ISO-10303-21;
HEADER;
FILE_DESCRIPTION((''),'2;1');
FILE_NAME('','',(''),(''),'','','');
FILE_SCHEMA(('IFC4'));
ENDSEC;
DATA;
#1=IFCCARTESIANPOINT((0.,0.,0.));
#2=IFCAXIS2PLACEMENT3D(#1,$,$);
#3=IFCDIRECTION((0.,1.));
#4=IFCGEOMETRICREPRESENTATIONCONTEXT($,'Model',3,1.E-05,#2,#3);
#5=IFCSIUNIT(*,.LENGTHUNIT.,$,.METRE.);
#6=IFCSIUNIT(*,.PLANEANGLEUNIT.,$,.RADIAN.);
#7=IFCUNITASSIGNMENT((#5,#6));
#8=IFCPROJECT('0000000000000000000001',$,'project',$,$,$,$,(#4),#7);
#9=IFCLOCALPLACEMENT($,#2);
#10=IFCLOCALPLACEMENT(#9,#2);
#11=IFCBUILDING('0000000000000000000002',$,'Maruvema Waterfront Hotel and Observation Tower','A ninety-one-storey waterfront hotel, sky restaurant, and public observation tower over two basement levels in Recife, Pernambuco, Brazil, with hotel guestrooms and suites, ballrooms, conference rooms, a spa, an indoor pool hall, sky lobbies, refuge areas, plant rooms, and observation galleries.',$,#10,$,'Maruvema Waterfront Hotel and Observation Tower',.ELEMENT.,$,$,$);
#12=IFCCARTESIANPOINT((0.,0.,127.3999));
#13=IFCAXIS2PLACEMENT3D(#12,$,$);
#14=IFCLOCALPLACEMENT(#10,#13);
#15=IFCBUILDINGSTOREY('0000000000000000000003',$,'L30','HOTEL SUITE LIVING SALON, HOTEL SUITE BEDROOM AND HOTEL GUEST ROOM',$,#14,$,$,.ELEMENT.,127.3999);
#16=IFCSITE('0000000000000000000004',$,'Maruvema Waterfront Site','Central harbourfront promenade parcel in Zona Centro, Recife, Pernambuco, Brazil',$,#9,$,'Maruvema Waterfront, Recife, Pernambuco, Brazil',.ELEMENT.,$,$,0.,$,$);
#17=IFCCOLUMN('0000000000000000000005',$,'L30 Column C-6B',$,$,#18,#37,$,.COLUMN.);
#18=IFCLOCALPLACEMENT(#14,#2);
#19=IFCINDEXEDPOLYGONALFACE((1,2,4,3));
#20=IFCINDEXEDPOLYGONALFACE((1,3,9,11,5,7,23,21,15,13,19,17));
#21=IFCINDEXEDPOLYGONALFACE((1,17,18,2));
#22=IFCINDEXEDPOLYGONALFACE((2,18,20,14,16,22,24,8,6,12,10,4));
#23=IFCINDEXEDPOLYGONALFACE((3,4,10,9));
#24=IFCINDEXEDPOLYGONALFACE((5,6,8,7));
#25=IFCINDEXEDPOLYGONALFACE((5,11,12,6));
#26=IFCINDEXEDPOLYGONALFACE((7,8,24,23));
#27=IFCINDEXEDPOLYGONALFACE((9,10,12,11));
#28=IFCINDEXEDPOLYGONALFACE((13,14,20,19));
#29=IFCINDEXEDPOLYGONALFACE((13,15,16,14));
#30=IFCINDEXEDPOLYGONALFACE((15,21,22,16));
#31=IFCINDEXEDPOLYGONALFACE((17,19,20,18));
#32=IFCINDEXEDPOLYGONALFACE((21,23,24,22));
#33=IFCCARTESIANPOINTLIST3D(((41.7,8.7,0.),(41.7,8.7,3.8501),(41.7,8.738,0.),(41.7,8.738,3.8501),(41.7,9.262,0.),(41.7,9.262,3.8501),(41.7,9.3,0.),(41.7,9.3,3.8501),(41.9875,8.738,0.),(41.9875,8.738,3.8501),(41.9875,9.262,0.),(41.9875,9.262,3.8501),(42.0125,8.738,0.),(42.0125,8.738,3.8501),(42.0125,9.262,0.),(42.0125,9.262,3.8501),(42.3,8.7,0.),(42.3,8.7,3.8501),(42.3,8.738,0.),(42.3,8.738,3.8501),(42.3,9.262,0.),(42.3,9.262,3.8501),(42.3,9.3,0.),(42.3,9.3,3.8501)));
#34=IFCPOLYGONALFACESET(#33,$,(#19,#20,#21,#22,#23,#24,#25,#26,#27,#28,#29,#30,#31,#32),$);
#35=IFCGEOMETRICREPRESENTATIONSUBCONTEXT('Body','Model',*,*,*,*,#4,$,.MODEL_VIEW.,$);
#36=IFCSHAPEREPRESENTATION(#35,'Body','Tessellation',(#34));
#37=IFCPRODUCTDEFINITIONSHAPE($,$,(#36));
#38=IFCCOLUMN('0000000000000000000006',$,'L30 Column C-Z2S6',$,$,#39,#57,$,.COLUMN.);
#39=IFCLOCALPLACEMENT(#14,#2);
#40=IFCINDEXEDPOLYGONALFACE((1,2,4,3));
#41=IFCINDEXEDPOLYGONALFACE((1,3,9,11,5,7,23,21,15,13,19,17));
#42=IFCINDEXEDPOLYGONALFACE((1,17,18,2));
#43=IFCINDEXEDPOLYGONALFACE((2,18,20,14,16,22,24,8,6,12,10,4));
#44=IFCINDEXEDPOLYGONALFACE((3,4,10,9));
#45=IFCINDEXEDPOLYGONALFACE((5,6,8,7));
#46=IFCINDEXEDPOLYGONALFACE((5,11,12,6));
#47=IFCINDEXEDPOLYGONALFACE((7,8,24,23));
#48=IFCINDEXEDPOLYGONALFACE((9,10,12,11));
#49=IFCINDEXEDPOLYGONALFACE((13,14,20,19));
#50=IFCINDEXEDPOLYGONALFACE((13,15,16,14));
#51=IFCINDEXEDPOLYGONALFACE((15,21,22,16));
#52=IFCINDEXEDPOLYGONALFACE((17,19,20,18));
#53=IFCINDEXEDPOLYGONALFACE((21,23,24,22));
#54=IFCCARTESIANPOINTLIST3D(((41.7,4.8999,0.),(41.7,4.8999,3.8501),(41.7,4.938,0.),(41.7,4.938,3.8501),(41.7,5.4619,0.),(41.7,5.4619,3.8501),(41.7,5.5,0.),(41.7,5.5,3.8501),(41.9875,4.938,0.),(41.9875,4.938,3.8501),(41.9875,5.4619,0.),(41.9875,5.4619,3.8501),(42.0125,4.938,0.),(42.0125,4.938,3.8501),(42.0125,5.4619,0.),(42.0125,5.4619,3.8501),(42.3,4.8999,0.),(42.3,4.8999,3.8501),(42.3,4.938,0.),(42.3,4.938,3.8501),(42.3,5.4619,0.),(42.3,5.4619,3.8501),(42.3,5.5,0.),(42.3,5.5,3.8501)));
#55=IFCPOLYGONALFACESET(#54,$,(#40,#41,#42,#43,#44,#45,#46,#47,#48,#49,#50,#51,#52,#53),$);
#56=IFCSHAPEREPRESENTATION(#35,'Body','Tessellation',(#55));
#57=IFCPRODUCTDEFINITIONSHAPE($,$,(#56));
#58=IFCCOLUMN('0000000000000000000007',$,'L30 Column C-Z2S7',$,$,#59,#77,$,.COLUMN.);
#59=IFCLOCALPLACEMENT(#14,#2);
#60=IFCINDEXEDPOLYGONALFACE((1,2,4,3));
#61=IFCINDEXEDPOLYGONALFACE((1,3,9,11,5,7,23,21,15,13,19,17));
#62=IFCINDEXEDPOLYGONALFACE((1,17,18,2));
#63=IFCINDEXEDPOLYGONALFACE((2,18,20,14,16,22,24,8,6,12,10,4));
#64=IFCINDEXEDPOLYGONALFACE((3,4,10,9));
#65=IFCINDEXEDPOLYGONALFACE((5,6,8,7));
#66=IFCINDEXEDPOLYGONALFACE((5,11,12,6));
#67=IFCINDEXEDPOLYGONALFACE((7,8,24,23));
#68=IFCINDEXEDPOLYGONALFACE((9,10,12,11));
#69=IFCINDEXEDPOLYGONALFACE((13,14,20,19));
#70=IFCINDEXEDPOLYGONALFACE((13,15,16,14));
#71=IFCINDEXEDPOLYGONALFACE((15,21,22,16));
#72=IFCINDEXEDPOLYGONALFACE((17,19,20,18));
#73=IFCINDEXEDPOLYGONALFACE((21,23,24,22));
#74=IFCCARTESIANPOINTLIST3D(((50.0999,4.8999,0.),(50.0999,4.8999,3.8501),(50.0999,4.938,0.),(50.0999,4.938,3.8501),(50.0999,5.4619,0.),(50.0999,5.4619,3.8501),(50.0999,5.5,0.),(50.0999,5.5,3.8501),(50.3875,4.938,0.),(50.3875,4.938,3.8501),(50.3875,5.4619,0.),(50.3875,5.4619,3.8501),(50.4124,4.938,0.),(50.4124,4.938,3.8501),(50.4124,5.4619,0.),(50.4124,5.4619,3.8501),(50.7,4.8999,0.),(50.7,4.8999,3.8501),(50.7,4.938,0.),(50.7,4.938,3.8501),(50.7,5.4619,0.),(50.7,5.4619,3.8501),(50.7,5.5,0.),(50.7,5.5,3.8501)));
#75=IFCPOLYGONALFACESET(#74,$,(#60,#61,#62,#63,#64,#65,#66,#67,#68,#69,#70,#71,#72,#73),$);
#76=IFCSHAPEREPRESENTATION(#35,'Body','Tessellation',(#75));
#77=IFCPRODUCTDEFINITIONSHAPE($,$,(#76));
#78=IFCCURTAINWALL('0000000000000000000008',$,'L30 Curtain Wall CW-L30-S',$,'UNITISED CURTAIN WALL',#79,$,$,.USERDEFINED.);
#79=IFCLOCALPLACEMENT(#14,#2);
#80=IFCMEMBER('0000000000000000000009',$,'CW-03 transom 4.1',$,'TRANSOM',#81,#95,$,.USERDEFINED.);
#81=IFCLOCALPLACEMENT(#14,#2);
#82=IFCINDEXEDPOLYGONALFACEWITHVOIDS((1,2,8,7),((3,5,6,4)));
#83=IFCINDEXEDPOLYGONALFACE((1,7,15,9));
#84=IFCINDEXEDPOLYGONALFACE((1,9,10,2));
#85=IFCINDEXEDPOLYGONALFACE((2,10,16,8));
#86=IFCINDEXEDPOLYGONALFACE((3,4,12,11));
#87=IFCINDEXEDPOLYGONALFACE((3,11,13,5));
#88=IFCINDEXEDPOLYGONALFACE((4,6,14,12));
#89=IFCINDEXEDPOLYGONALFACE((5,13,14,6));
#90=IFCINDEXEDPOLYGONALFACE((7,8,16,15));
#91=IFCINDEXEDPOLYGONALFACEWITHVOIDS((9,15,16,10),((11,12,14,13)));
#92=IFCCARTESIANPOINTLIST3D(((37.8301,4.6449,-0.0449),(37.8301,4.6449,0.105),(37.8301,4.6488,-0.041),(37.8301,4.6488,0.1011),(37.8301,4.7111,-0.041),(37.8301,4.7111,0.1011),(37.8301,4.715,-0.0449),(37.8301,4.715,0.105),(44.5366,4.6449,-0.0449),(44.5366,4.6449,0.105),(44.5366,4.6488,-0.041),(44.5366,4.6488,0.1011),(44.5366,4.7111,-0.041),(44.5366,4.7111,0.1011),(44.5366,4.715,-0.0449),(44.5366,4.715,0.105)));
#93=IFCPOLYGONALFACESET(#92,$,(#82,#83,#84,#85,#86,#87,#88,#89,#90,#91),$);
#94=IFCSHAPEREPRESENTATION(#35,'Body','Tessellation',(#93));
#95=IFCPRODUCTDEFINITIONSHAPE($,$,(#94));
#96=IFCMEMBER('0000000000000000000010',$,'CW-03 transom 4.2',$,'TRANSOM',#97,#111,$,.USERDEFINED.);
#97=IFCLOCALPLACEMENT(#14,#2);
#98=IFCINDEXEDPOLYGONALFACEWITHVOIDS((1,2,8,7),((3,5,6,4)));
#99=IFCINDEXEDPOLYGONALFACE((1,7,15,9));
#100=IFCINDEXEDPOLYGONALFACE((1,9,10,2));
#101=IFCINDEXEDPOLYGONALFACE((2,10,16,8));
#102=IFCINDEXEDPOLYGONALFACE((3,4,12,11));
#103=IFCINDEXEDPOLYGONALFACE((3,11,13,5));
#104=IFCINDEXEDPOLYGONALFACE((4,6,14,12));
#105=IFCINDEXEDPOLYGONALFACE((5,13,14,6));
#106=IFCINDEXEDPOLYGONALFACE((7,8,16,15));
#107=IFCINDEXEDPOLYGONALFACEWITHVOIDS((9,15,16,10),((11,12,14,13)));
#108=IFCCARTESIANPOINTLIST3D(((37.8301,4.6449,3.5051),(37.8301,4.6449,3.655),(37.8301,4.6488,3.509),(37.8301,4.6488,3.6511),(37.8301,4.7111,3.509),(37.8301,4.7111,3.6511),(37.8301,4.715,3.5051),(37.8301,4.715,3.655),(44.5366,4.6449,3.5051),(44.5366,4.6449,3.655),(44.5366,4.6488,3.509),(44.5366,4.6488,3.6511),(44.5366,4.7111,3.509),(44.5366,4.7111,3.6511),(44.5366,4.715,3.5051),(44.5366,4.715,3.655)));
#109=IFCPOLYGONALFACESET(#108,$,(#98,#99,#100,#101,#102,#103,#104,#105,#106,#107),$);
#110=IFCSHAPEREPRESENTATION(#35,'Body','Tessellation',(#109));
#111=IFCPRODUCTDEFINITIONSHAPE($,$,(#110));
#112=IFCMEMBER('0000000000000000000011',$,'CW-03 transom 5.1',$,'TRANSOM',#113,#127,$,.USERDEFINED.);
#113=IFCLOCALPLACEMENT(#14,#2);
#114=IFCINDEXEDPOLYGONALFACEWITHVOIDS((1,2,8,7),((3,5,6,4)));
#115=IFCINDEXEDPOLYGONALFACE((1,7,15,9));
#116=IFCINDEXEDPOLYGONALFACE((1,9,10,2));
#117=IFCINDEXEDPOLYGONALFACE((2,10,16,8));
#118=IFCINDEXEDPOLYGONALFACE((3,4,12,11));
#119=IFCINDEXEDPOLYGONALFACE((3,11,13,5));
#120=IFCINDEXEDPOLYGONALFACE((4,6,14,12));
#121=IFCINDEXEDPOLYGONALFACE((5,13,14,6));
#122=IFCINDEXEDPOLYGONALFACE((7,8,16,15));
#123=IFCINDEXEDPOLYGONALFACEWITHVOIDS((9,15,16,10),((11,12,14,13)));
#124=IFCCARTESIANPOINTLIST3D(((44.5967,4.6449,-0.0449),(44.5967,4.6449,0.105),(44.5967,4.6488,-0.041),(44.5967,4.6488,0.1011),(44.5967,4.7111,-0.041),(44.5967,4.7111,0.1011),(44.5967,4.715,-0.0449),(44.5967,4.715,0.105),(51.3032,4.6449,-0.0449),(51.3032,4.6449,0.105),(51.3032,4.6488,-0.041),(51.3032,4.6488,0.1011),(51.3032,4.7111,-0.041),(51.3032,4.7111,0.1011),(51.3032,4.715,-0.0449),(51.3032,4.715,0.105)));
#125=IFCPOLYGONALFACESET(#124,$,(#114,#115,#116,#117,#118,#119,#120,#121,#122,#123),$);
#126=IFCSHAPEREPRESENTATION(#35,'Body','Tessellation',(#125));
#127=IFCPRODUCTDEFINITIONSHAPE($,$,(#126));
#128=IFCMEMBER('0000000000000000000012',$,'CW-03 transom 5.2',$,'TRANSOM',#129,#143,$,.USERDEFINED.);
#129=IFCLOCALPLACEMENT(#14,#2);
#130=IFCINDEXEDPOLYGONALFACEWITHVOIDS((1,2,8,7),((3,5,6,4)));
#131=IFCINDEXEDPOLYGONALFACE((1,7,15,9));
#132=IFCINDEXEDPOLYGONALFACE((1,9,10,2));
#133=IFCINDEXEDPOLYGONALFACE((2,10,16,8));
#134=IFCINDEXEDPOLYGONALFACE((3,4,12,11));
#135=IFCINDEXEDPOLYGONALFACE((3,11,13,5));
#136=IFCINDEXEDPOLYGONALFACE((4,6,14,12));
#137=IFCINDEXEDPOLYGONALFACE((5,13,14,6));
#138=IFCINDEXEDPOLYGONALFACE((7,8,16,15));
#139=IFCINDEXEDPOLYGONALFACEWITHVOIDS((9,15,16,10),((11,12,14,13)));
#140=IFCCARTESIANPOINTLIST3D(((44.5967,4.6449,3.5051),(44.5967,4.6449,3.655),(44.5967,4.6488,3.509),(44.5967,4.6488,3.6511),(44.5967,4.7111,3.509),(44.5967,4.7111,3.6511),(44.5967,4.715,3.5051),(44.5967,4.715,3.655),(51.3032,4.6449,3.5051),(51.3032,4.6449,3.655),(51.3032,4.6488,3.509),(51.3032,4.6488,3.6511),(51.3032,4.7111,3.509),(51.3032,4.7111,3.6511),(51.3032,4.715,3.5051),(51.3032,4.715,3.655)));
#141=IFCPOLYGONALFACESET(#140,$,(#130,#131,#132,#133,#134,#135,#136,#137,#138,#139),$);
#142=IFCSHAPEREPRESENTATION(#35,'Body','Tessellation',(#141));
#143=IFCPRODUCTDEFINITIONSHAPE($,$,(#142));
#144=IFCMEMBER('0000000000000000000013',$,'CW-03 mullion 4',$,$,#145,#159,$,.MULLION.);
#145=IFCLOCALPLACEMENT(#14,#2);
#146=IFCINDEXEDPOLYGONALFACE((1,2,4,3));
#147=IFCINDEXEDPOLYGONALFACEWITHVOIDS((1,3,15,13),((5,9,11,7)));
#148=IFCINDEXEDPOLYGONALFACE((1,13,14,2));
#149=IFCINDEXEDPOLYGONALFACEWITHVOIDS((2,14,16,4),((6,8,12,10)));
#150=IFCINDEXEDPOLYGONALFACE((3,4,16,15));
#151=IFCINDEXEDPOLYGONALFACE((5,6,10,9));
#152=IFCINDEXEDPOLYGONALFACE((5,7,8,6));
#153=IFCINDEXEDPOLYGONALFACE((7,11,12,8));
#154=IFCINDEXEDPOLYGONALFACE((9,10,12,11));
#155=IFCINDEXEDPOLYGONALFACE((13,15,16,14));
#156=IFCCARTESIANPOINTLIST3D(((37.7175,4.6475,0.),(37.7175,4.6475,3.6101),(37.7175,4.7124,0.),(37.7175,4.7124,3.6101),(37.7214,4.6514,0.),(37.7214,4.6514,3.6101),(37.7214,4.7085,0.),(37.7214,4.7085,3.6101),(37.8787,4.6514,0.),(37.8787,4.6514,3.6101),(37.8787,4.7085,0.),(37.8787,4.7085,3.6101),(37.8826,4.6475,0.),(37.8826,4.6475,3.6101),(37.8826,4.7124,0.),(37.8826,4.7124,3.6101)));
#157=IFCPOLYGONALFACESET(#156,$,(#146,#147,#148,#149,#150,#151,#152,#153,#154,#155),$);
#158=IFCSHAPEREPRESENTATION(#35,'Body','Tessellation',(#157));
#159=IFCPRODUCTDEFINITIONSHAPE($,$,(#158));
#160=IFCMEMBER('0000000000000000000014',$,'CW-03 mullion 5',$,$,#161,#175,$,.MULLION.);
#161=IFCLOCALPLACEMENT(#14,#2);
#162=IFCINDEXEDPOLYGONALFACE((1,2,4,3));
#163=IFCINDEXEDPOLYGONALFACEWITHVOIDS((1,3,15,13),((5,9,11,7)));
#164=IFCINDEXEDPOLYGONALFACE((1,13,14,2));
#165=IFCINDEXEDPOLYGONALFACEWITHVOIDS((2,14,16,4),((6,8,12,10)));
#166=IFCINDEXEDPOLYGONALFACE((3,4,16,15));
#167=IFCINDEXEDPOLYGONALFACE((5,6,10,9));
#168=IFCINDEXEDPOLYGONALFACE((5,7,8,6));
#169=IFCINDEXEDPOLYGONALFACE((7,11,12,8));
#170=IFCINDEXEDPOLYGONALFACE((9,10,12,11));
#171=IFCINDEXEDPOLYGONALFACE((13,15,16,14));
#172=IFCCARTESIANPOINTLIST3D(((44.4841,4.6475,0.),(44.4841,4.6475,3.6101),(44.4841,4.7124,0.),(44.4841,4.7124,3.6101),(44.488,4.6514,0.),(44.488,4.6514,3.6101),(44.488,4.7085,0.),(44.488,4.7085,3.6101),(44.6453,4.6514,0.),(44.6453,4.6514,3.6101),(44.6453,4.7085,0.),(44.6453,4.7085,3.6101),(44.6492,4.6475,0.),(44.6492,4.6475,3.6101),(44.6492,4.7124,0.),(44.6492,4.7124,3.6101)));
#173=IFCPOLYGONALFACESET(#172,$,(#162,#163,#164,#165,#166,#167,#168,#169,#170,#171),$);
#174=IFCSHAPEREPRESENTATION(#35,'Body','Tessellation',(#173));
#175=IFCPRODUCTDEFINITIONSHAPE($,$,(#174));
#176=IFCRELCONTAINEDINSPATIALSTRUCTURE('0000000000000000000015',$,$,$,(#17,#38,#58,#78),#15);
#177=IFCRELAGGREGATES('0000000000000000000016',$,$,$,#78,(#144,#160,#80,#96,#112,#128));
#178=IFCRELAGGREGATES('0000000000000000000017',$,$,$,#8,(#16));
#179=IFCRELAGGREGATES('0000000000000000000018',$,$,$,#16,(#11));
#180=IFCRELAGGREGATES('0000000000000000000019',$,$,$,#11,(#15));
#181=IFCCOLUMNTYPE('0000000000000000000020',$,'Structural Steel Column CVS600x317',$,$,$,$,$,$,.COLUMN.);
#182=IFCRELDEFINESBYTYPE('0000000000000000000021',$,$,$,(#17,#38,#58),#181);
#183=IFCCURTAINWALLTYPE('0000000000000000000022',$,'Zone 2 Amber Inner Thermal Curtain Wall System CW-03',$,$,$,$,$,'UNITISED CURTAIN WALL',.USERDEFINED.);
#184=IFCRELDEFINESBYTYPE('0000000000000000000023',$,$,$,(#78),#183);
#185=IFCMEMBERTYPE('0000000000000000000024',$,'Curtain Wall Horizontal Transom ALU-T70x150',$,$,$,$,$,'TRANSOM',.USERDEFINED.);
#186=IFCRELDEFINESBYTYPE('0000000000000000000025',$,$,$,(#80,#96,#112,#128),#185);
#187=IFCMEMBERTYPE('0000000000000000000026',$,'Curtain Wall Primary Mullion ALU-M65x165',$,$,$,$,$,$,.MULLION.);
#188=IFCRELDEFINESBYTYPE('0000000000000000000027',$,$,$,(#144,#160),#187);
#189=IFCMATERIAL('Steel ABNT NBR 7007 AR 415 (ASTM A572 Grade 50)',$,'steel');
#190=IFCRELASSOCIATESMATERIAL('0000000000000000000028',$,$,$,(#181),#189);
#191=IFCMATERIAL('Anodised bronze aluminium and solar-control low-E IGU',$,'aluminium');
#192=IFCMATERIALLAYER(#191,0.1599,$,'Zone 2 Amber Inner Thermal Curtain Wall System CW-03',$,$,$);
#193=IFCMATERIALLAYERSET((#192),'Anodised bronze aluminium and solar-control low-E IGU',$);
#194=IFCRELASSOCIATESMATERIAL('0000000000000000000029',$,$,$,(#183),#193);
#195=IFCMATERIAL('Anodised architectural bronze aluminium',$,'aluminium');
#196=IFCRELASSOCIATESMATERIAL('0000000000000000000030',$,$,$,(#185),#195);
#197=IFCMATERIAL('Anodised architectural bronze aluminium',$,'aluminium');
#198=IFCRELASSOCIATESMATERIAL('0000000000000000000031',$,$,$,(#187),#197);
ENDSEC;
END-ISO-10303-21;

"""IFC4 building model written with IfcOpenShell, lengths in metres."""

from ifc_helpers import new_model, si_unit, direction, frame, origin, origin_2d, place, context, subcontext, project, spatial, hollow_rectangle, i_section, extrude, material, layer, layer_set, material_profile, profile_set, type_object, element, aggregate, save


model = new_model("IFC4")

# Units and contexts
model_context = context("Model", 3, precision=1e-05, world=origin(), true_north=direction((0.0, 1.0)))
body_context = subcontext(model_context, "Body", "Model", "MODEL_VIEW")
ifc_project = project(units=[si_unit("LENGTHUNIT", "METRE"), si_unit("PLANEANGLEUNIT", "RADIAN")], contexts=[model_context])

# Site, building, storey
site_placement = place(None, origin())
site = spatial("IfcSite", under=ifc_project, at=site_placement, Name="Maruvema Waterfront Site", Description="Central harbourfront promenade parcel in Zona Centro, Recife, Pernambuco, Brazil", LongName="Maruvema Waterfront, Recife, Pernambuco, Brazil", CompositionType="ELEMENT", RefElevation=0.0)
building_placement = place(site_placement, origin())
building = spatial("IfcBuilding", under=site, at=building_placement, Name="Maruvema Waterfront Hotel and Observation Tower", Description="A ninety-one-storey waterfront hotel, sky restaurant, and public observation tower over two basement levels in Recife, Pernambuco, Brazil, with hotel guestrooms and suites, ballrooms, conference rooms, a spa, an indoor pool hall, sky lobbies, refuge areas, plant rooms, and observation galleries.", LongName="Maruvema Waterfront Hotel and Observation Tower", CompositionType="ELEMENT")
storey_placement = place(building_placement, frame((0.0, 0.0, 127.3999)))
storey = spatial("IfcBuildingStorey", under=building, at=storey_placement, Name="L30", Description="HOTEL SUITE LIVING SALON, HOTEL SUITE BEDROOM AND HOTEL GUEST ROOM", CompositionType="ELEMENT", Elevation=127.3999)

# Columns
ifc_material_1 = material(Name="Steel ABNT NBR 7007 AR 415 (ASTM A572 Grade 50)", Category="steel")
ifc_material_profile_1 = material_profile(ifc_material_1, i_section(OverallWidth=0.6001, OverallDepth=0.6001, WebThickness=0.0249, FlangeThickness=0.0381, at=origin_2d()), Name="CVS600x317")
ifc_profile_set_1 = profile_set([ifc_material_profile_1], Name="Steel ABNT NBR 7007 AR 415 (ASTM A572 Grade 50)")
column_type = type_object("IfcColumnType", Name="Structural Steel Column CVS600x317", PredefinedType="COLUMN", material=ifc_profile_set_1)
for number, where, z_axis, x_axis, name in (
    (1, (42.0, 9.0, 0.0), (0.0, 0.0, 1.0), (1.0, 0.0, 0.0), "L30 Column C-6B"),
    (2, (42.0, 5.2, 0.0), (0.0, 0.0, 1.0), (1.0, 0.0, 0.0), "L30 Column C-Z2S6"),
    (3, (50.3999, 5.2, 0.0), (0.0, 0.0, 1.0), (1.0, 0.0, 0.0), "L30 Column C-Z2S7"),
):
    element("IfcColumn", number, at=place(storey_placement, frame(where, z_axis=z_axis, x_axis=x_axis)), inside=storey, type_object=column_type, Name=name, PredefinedType="COLUMN", context=body_context, shape_type="SweptSolid", body=[
        extrude(i_section(OverallWidth=0.6001, OverallDepth=0.6001, WebThickness=0.0249, FlangeThickness=0.0381, at=origin_2d()), origin(), (0.0, 0.0, 1.0), 3.8501),
    ])

# Curtain wall, members
ifc_material_2 = material(Name="Anodised bronze aluminium and solar-control low-E IGU", Category="aluminium")
ifc_layer_1 = layer(ifc_material_2, 0.1599, Name="Zone 2 Amber Inner Thermal Curtain Wall System CW-03")
ifc_layer_set_1 = layer_set([ifc_layer_1], Name="Anodised bronze aluminium and solar-control low-E IGU")
curtain_wall_type = type_object("IfcCurtainWallType", Name="Zone 2 Amber Inner Thermal Curtain Wall System CW-03", ElementType="UNITISED CURTAIN WALL", PredefinedType="USERDEFINED", material=ifc_layer_set_1)
curtain_wall_placement = place(storey_placement, origin())
curtain_wall = element("IfcCurtainWall", 4, at=curtain_wall_placement, inside=storey, type_object=curtain_wall_type, Name="L30 Curtain Wall CW-L30-S", ObjectType="UNITISED CURTAIN WALL", PredefinedType="USERDEFINED")
ifc_material_3 = material(Name="Anodised architectural bronze aluminium", Category="aluminium")
ifc_material_profile_2 = material_profile(ifc_material_3, hollow_rectangle(XDim=0.0701, YDim=0.1499, WallThickness=0.0039, at=origin_2d()), Name="ALU-T70x150")
ifc_profile_set_2 = profile_set([ifc_material_profile_2], Name="Anodised architectural bronze aluminium")
member_type_1 = type_object("IfcMemberType", Name="Curtain Wall Horizontal Transom ALU-T70x150", ElementType="TRANSOM", PredefinedType="USERDEFINED", material=ifc_profile_set_2)
member_1_placement = place(storey_placement, frame((37.8301, 4.6799, 0.03), z_axis=(1.0, 0.0, 0.0), x_axis=(0.0, 1.0, 0.0)))
member_1 = element("IfcMember", 5, at=member_1_placement, type_object=member_type_1, Name="CW-03 transom 4.1", ObjectType="TRANSOM", PredefinedType="USERDEFINED", context=body_context, shape_type="SweptSolid", body=[
    extrude(hollow_rectangle(XDim=0.0701, YDim=0.1499, WallThickness=0.0039, at=origin_2d()), origin(), (0.0, 0.0, 1.0), 6.7065),
])
member_2_placement = place(storey_placement, frame((37.8301, 4.6799, 3.5801), z_axis=(1.0, 0.0, 0.0), x_axis=(0.0, 1.0, 0.0)))
member_2 = element("IfcMember", 6, at=member_2_placement, type_object=member_type_1, Name="CW-03 transom 4.2", ObjectType="TRANSOM", PredefinedType="USERDEFINED", context=body_context, shape_type="SweptSolid", body=[
    extrude(hollow_rectangle(XDim=0.0701, YDim=0.1499, WallThickness=0.0039, at=origin_2d()), origin(), (0.0, 0.0, 1.0), 6.7065),
])
member_3_placement = place(storey_placement, frame((44.5967, 4.6799, 0.03), z_axis=(1.0, 0.0, 0.0), x_axis=(0.0, 1.0, 0.0)))
member_3 = element("IfcMember", 7, at=member_3_placement, type_object=member_type_1, Name="CW-03 transom 5.1", ObjectType="TRANSOM", PredefinedType="USERDEFINED", context=body_context, shape_type="SweptSolid", body=[
    extrude(hollow_rectangle(XDim=0.0701, YDim=0.1499, WallThickness=0.0039, at=origin_2d()), origin(), (0.0, 0.0, 1.0), 6.7065),
])
member_4_placement = place(storey_placement, frame((44.5967, 4.6799, 3.5801), z_axis=(1.0, 0.0, 0.0), x_axis=(0.0, 1.0, 0.0)))
member_4 = element("IfcMember", 8, at=member_4_placement, type_object=member_type_1, Name="CW-03 transom 5.2", ObjectType="TRANSOM", PredefinedType="USERDEFINED", context=body_context, shape_type="SweptSolid", body=[
    extrude(hollow_rectangle(XDim=0.0701, YDim=0.1499, WallThickness=0.0039, at=origin_2d()), origin(), (0.0, 0.0, 1.0), 6.7065),
])
ifc_material_4 = material(Name="Anodised architectural bronze aluminium", Category="aluminium")
ifc_material_profile_3 = material_profile(ifc_material_4, hollow_rectangle(XDim=0.0649, YDim=0.165, WallThickness=0.0039, at=origin_2d()), Name="ALU-M65x165")
ifc_profile_set_3 = profile_set([ifc_material_profile_3], Name="Anodised architectural bronze aluminium")
member_type_2 = type_object("IfcMemberType", Name="Curtain Wall Primary Mullion ALU-M65x165", PredefinedType="MULLION", material=ifc_profile_set_3)
member_5_placement = place(storey_placement, frame((37.8, 4.6799, 0.0), z_axis=(0.0, 0.0, 1.0), x_axis=(0.0, 1.0, 0.0)))
member_5 = element("IfcMember", 9, at=member_5_placement, type_object=member_type_2, Name="CW-03 mullion 4", PredefinedType="MULLION", context=body_context, shape_type="SweptSolid", body=[
    extrude(hollow_rectangle(XDim=0.0649, YDim=0.165, WallThickness=0.0039, at=origin_2d()), origin(), (0.0, 0.0, 1.0), 3.6101),
])
member_6_placement = place(storey_placement, frame((44.5667, 4.6799, 0.0), z_axis=(0.0, 0.0, 1.0), x_axis=(0.0, 1.0, 0.0)))
member_6 = element("IfcMember", 10, at=member_6_placement, type_object=member_type_2, Name="CW-03 mullion 5", PredefinedType="MULLION", context=body_context, shape_type="SweptSolid", body=[
    extrude(hollow_rectangle(XDim=0.0649, YDim=0.165, WallThickness=0.0039, at=origin_2d()), origin(), (0.0, 0.0, 1.0), 3.6101),
])

aggregate(curtain_wall, [member_5, member_6, member_1, member_2, member_3, member_4])

save(model, "model.ifc")
